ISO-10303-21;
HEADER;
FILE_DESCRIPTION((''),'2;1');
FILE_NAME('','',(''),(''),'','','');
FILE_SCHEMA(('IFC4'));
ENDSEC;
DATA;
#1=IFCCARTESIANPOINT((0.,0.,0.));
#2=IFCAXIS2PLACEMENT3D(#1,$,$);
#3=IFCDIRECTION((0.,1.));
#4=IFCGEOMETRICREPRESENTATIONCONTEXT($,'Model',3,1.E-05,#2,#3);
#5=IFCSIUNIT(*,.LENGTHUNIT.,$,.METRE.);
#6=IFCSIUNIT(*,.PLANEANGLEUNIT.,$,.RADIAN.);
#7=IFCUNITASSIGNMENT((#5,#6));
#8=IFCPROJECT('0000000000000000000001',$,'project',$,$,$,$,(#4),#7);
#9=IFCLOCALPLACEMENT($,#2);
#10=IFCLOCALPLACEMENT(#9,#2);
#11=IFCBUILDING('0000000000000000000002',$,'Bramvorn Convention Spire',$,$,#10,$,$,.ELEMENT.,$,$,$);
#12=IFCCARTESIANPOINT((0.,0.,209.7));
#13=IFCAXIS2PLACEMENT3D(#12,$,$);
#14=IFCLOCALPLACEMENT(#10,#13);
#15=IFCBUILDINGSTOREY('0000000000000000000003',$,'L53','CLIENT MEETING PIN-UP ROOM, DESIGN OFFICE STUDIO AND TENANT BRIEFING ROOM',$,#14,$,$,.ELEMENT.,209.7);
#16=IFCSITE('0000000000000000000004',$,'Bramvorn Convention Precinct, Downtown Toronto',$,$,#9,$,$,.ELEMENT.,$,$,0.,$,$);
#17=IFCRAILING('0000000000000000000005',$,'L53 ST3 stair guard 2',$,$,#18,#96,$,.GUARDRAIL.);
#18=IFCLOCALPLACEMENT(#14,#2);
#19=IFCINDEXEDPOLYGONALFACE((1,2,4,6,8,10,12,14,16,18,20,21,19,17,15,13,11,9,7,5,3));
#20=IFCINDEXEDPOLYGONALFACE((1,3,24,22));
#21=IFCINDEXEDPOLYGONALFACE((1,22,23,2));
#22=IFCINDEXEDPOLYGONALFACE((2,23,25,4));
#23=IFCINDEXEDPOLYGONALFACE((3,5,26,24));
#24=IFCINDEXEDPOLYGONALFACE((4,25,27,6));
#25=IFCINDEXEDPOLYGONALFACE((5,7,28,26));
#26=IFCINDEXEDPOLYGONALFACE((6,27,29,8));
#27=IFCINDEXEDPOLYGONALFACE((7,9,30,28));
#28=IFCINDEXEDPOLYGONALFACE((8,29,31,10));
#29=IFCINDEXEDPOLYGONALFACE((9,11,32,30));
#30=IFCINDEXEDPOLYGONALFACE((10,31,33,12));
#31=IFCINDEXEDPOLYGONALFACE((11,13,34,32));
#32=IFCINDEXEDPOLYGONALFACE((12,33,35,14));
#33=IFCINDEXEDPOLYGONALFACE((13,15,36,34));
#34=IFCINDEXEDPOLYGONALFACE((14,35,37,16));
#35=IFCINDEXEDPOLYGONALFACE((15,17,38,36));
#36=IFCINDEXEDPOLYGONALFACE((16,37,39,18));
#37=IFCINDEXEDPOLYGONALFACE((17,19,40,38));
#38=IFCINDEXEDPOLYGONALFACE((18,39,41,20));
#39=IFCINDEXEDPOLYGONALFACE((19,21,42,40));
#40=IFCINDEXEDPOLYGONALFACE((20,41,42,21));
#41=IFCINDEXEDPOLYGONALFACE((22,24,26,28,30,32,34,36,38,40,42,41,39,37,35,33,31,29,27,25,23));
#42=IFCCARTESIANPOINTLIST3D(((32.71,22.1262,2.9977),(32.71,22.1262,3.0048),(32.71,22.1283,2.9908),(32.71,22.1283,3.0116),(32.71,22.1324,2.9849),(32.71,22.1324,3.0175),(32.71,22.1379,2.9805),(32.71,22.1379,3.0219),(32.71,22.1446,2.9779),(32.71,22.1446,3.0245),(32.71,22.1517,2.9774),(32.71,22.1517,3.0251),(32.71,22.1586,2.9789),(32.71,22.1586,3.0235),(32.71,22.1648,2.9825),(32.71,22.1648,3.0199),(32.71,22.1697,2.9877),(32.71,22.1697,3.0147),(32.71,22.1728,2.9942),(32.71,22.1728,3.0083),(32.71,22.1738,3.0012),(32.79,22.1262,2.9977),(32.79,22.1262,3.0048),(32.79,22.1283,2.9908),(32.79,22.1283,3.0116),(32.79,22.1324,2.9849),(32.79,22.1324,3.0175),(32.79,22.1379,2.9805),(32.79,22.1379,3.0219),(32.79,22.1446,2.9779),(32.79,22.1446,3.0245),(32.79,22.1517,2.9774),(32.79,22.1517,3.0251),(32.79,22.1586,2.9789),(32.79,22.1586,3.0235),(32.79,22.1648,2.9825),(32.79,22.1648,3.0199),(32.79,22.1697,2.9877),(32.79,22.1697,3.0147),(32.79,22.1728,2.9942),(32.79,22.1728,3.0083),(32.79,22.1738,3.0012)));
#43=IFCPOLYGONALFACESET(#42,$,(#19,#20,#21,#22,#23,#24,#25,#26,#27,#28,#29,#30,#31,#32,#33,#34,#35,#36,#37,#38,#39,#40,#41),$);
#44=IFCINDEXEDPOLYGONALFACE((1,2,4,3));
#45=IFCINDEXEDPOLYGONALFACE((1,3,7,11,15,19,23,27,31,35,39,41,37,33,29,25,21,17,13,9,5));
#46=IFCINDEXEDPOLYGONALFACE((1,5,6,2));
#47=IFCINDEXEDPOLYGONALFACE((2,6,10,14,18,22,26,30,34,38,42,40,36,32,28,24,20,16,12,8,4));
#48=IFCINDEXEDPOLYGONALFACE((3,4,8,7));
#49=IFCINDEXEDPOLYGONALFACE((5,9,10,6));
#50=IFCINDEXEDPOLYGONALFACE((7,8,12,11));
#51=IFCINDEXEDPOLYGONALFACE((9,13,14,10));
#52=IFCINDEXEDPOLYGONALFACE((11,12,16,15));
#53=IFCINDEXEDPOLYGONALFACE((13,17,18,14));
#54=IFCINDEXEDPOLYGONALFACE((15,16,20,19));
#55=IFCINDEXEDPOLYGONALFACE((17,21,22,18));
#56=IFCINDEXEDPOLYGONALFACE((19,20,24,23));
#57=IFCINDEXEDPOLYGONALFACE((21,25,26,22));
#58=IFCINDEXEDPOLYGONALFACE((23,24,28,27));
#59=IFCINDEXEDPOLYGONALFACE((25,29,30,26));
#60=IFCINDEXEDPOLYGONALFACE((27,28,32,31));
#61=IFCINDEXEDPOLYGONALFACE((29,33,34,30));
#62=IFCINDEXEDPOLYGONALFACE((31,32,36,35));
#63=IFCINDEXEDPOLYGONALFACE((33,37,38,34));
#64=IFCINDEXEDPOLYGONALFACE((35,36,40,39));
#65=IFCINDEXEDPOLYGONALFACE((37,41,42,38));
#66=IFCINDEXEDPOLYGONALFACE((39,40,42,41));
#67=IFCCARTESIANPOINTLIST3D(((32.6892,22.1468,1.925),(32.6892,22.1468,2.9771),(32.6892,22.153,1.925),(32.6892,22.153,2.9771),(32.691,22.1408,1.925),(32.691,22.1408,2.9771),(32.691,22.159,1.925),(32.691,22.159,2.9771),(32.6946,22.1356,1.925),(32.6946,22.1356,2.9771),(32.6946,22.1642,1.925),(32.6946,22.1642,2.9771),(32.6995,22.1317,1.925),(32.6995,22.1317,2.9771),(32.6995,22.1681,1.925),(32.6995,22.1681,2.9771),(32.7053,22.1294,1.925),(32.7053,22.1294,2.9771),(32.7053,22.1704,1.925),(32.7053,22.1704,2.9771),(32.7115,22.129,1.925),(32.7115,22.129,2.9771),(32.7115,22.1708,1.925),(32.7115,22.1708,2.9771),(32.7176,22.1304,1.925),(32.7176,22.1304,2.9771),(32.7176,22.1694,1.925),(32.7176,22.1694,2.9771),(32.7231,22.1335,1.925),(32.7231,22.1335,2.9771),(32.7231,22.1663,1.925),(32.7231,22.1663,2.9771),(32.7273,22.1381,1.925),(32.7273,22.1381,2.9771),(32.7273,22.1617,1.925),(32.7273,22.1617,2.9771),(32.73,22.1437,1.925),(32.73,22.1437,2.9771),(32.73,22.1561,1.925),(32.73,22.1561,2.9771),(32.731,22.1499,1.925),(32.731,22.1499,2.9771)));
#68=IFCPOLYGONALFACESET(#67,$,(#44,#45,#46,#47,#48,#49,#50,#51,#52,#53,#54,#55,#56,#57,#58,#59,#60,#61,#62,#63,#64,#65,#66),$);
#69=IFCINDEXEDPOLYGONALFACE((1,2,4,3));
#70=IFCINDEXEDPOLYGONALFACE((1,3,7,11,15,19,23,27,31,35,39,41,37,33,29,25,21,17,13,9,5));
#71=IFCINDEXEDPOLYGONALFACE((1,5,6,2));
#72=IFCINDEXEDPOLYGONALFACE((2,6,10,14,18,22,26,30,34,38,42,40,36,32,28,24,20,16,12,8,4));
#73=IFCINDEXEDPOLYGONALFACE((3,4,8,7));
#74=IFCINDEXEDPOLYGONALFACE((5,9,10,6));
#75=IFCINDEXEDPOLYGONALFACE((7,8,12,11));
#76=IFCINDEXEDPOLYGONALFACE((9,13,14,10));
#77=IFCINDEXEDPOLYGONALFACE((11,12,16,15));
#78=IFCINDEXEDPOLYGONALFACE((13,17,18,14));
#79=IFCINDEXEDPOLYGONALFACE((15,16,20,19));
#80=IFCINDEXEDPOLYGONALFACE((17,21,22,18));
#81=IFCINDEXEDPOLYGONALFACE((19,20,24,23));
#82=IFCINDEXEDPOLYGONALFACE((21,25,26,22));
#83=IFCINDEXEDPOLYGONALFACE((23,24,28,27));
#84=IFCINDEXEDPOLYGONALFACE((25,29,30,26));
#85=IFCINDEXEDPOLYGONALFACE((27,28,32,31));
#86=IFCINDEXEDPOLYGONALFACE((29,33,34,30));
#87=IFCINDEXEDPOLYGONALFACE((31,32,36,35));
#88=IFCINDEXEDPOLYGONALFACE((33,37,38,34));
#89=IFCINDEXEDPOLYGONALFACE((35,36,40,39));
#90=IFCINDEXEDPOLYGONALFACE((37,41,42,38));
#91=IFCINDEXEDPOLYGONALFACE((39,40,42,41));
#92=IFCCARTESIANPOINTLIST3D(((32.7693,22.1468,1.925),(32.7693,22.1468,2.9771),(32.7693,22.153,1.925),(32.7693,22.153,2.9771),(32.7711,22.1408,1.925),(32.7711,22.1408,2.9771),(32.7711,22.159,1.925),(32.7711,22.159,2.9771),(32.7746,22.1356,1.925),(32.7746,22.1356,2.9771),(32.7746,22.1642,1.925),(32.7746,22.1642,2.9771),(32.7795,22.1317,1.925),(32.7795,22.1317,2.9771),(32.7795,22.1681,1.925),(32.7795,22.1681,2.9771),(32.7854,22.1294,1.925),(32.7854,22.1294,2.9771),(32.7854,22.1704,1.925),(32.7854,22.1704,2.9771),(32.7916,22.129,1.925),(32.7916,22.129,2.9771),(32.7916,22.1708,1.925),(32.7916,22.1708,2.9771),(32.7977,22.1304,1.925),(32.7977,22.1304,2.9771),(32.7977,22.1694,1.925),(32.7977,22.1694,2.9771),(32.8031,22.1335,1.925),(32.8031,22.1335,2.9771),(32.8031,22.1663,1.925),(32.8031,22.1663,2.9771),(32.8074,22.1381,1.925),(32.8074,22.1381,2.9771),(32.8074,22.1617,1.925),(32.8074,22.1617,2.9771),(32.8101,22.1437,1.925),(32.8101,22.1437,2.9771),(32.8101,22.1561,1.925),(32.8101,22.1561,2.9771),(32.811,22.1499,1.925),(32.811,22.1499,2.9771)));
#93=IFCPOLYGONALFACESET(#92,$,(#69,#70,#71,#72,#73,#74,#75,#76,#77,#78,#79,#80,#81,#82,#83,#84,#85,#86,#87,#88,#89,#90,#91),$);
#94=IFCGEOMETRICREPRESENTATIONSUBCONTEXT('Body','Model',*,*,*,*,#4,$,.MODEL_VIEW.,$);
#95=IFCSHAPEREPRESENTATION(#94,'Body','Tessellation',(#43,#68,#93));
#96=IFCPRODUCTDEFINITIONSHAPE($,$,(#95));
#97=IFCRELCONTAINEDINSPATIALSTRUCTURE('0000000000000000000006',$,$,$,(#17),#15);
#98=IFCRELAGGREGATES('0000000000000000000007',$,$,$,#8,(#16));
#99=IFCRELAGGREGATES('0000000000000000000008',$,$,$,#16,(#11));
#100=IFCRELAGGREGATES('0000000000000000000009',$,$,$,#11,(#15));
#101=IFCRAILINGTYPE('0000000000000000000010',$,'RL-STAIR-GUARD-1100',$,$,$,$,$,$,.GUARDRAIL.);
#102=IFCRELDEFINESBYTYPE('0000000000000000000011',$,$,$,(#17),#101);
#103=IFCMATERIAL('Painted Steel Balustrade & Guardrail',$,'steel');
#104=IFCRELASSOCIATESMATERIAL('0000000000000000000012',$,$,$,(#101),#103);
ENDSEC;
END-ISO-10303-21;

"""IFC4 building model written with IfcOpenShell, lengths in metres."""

from ifc_helpers import new_model, si_unit, direction, frame, origin, origin_2d, place, context, subcontext, project, spatial, circle, extrude, material, type_object, element, save


model = new_model("IFC4")

# Units and contexts
model_context = context("Model", 3, precision=1e-05, world=origin(), true_north=direction((0.0, 1.0)))
body_context = subcontext(model_context, "Body", "Model", "MODEL_VIEW")
ifc_project = project(units=[si_unit("LENGTHUNIT", "METRE"), si_unit("PLANEANGLEUNIT", "RADIAN")], contexts=[model_context])

# Site, building, storey
site_placement = place(None, origin())
site = spatial("IfcSite", under=ifc_project, at=site_placement, Name="Bramvorn Convention Precinct, Downtown Toronto", CompositionType="ELEMENT", RefElevation=0.0)
building_placement = place(site_placement, origin())
building = spatial("IfcBuilding", under=site, at=building_placement, Name="Bramvorn Convention Spire", CompositionType="ELEMENT")
storey_placement = place(building_placement, frame((0.0, 0.0, 209.7)))
storey = spatial("IfcBuildingStorey", under=building, at=storey_placement, Name="L53", Description="CLIENT MEETING PIN-UP ROOM, DESIGN OFFICE STUDIO AND TENANT BRIEFING ROOM", CompositionType="ELEMENT", Elevation=209.7)

# Railing
ifc_material_1 = material(Name="Painted Steel Balustrade & Guardrail", Category="steel")
railing_type_1 = type_object("IfcRailingType", Name="RL-STAIR-GUARD-1100", PredefinedType="GUARDRAIL", material=ifc_material_1)
railing_1_placement = place(storey_placement, frame((32.71, 22.1499, 1.925)))
element("IfcRailing", 1, at=railing_1_placement, inside=storey, type_object=railing_type_1, Name="L53 ST3 stair guard 2", PredefinedType="GUARDRAIL", context=body_context, shape_type="SweptSolid", body=[
    extrude(circle(Radius=0.0239, at=origin_2d()), frame((0.0, 0.0, 1.0762), z_axis=(1.0, 0.0, 0.0), x_axis=(0.0, 1.0, 0.0)), (0.0, 0.0, 1.0), 0.0801),
    extrude(circle(Radius=0.021, at=origin_2d()), origin(), (0.0, 0.0, 1.0), 1.052),
    extrude(circle(Radius=0.021, at=origin_2d()), frame((0.0801, 0.0, 0.0)), (0.0, 0.0, 1.0), 1.052),
])

save(model, "model.ifc")
